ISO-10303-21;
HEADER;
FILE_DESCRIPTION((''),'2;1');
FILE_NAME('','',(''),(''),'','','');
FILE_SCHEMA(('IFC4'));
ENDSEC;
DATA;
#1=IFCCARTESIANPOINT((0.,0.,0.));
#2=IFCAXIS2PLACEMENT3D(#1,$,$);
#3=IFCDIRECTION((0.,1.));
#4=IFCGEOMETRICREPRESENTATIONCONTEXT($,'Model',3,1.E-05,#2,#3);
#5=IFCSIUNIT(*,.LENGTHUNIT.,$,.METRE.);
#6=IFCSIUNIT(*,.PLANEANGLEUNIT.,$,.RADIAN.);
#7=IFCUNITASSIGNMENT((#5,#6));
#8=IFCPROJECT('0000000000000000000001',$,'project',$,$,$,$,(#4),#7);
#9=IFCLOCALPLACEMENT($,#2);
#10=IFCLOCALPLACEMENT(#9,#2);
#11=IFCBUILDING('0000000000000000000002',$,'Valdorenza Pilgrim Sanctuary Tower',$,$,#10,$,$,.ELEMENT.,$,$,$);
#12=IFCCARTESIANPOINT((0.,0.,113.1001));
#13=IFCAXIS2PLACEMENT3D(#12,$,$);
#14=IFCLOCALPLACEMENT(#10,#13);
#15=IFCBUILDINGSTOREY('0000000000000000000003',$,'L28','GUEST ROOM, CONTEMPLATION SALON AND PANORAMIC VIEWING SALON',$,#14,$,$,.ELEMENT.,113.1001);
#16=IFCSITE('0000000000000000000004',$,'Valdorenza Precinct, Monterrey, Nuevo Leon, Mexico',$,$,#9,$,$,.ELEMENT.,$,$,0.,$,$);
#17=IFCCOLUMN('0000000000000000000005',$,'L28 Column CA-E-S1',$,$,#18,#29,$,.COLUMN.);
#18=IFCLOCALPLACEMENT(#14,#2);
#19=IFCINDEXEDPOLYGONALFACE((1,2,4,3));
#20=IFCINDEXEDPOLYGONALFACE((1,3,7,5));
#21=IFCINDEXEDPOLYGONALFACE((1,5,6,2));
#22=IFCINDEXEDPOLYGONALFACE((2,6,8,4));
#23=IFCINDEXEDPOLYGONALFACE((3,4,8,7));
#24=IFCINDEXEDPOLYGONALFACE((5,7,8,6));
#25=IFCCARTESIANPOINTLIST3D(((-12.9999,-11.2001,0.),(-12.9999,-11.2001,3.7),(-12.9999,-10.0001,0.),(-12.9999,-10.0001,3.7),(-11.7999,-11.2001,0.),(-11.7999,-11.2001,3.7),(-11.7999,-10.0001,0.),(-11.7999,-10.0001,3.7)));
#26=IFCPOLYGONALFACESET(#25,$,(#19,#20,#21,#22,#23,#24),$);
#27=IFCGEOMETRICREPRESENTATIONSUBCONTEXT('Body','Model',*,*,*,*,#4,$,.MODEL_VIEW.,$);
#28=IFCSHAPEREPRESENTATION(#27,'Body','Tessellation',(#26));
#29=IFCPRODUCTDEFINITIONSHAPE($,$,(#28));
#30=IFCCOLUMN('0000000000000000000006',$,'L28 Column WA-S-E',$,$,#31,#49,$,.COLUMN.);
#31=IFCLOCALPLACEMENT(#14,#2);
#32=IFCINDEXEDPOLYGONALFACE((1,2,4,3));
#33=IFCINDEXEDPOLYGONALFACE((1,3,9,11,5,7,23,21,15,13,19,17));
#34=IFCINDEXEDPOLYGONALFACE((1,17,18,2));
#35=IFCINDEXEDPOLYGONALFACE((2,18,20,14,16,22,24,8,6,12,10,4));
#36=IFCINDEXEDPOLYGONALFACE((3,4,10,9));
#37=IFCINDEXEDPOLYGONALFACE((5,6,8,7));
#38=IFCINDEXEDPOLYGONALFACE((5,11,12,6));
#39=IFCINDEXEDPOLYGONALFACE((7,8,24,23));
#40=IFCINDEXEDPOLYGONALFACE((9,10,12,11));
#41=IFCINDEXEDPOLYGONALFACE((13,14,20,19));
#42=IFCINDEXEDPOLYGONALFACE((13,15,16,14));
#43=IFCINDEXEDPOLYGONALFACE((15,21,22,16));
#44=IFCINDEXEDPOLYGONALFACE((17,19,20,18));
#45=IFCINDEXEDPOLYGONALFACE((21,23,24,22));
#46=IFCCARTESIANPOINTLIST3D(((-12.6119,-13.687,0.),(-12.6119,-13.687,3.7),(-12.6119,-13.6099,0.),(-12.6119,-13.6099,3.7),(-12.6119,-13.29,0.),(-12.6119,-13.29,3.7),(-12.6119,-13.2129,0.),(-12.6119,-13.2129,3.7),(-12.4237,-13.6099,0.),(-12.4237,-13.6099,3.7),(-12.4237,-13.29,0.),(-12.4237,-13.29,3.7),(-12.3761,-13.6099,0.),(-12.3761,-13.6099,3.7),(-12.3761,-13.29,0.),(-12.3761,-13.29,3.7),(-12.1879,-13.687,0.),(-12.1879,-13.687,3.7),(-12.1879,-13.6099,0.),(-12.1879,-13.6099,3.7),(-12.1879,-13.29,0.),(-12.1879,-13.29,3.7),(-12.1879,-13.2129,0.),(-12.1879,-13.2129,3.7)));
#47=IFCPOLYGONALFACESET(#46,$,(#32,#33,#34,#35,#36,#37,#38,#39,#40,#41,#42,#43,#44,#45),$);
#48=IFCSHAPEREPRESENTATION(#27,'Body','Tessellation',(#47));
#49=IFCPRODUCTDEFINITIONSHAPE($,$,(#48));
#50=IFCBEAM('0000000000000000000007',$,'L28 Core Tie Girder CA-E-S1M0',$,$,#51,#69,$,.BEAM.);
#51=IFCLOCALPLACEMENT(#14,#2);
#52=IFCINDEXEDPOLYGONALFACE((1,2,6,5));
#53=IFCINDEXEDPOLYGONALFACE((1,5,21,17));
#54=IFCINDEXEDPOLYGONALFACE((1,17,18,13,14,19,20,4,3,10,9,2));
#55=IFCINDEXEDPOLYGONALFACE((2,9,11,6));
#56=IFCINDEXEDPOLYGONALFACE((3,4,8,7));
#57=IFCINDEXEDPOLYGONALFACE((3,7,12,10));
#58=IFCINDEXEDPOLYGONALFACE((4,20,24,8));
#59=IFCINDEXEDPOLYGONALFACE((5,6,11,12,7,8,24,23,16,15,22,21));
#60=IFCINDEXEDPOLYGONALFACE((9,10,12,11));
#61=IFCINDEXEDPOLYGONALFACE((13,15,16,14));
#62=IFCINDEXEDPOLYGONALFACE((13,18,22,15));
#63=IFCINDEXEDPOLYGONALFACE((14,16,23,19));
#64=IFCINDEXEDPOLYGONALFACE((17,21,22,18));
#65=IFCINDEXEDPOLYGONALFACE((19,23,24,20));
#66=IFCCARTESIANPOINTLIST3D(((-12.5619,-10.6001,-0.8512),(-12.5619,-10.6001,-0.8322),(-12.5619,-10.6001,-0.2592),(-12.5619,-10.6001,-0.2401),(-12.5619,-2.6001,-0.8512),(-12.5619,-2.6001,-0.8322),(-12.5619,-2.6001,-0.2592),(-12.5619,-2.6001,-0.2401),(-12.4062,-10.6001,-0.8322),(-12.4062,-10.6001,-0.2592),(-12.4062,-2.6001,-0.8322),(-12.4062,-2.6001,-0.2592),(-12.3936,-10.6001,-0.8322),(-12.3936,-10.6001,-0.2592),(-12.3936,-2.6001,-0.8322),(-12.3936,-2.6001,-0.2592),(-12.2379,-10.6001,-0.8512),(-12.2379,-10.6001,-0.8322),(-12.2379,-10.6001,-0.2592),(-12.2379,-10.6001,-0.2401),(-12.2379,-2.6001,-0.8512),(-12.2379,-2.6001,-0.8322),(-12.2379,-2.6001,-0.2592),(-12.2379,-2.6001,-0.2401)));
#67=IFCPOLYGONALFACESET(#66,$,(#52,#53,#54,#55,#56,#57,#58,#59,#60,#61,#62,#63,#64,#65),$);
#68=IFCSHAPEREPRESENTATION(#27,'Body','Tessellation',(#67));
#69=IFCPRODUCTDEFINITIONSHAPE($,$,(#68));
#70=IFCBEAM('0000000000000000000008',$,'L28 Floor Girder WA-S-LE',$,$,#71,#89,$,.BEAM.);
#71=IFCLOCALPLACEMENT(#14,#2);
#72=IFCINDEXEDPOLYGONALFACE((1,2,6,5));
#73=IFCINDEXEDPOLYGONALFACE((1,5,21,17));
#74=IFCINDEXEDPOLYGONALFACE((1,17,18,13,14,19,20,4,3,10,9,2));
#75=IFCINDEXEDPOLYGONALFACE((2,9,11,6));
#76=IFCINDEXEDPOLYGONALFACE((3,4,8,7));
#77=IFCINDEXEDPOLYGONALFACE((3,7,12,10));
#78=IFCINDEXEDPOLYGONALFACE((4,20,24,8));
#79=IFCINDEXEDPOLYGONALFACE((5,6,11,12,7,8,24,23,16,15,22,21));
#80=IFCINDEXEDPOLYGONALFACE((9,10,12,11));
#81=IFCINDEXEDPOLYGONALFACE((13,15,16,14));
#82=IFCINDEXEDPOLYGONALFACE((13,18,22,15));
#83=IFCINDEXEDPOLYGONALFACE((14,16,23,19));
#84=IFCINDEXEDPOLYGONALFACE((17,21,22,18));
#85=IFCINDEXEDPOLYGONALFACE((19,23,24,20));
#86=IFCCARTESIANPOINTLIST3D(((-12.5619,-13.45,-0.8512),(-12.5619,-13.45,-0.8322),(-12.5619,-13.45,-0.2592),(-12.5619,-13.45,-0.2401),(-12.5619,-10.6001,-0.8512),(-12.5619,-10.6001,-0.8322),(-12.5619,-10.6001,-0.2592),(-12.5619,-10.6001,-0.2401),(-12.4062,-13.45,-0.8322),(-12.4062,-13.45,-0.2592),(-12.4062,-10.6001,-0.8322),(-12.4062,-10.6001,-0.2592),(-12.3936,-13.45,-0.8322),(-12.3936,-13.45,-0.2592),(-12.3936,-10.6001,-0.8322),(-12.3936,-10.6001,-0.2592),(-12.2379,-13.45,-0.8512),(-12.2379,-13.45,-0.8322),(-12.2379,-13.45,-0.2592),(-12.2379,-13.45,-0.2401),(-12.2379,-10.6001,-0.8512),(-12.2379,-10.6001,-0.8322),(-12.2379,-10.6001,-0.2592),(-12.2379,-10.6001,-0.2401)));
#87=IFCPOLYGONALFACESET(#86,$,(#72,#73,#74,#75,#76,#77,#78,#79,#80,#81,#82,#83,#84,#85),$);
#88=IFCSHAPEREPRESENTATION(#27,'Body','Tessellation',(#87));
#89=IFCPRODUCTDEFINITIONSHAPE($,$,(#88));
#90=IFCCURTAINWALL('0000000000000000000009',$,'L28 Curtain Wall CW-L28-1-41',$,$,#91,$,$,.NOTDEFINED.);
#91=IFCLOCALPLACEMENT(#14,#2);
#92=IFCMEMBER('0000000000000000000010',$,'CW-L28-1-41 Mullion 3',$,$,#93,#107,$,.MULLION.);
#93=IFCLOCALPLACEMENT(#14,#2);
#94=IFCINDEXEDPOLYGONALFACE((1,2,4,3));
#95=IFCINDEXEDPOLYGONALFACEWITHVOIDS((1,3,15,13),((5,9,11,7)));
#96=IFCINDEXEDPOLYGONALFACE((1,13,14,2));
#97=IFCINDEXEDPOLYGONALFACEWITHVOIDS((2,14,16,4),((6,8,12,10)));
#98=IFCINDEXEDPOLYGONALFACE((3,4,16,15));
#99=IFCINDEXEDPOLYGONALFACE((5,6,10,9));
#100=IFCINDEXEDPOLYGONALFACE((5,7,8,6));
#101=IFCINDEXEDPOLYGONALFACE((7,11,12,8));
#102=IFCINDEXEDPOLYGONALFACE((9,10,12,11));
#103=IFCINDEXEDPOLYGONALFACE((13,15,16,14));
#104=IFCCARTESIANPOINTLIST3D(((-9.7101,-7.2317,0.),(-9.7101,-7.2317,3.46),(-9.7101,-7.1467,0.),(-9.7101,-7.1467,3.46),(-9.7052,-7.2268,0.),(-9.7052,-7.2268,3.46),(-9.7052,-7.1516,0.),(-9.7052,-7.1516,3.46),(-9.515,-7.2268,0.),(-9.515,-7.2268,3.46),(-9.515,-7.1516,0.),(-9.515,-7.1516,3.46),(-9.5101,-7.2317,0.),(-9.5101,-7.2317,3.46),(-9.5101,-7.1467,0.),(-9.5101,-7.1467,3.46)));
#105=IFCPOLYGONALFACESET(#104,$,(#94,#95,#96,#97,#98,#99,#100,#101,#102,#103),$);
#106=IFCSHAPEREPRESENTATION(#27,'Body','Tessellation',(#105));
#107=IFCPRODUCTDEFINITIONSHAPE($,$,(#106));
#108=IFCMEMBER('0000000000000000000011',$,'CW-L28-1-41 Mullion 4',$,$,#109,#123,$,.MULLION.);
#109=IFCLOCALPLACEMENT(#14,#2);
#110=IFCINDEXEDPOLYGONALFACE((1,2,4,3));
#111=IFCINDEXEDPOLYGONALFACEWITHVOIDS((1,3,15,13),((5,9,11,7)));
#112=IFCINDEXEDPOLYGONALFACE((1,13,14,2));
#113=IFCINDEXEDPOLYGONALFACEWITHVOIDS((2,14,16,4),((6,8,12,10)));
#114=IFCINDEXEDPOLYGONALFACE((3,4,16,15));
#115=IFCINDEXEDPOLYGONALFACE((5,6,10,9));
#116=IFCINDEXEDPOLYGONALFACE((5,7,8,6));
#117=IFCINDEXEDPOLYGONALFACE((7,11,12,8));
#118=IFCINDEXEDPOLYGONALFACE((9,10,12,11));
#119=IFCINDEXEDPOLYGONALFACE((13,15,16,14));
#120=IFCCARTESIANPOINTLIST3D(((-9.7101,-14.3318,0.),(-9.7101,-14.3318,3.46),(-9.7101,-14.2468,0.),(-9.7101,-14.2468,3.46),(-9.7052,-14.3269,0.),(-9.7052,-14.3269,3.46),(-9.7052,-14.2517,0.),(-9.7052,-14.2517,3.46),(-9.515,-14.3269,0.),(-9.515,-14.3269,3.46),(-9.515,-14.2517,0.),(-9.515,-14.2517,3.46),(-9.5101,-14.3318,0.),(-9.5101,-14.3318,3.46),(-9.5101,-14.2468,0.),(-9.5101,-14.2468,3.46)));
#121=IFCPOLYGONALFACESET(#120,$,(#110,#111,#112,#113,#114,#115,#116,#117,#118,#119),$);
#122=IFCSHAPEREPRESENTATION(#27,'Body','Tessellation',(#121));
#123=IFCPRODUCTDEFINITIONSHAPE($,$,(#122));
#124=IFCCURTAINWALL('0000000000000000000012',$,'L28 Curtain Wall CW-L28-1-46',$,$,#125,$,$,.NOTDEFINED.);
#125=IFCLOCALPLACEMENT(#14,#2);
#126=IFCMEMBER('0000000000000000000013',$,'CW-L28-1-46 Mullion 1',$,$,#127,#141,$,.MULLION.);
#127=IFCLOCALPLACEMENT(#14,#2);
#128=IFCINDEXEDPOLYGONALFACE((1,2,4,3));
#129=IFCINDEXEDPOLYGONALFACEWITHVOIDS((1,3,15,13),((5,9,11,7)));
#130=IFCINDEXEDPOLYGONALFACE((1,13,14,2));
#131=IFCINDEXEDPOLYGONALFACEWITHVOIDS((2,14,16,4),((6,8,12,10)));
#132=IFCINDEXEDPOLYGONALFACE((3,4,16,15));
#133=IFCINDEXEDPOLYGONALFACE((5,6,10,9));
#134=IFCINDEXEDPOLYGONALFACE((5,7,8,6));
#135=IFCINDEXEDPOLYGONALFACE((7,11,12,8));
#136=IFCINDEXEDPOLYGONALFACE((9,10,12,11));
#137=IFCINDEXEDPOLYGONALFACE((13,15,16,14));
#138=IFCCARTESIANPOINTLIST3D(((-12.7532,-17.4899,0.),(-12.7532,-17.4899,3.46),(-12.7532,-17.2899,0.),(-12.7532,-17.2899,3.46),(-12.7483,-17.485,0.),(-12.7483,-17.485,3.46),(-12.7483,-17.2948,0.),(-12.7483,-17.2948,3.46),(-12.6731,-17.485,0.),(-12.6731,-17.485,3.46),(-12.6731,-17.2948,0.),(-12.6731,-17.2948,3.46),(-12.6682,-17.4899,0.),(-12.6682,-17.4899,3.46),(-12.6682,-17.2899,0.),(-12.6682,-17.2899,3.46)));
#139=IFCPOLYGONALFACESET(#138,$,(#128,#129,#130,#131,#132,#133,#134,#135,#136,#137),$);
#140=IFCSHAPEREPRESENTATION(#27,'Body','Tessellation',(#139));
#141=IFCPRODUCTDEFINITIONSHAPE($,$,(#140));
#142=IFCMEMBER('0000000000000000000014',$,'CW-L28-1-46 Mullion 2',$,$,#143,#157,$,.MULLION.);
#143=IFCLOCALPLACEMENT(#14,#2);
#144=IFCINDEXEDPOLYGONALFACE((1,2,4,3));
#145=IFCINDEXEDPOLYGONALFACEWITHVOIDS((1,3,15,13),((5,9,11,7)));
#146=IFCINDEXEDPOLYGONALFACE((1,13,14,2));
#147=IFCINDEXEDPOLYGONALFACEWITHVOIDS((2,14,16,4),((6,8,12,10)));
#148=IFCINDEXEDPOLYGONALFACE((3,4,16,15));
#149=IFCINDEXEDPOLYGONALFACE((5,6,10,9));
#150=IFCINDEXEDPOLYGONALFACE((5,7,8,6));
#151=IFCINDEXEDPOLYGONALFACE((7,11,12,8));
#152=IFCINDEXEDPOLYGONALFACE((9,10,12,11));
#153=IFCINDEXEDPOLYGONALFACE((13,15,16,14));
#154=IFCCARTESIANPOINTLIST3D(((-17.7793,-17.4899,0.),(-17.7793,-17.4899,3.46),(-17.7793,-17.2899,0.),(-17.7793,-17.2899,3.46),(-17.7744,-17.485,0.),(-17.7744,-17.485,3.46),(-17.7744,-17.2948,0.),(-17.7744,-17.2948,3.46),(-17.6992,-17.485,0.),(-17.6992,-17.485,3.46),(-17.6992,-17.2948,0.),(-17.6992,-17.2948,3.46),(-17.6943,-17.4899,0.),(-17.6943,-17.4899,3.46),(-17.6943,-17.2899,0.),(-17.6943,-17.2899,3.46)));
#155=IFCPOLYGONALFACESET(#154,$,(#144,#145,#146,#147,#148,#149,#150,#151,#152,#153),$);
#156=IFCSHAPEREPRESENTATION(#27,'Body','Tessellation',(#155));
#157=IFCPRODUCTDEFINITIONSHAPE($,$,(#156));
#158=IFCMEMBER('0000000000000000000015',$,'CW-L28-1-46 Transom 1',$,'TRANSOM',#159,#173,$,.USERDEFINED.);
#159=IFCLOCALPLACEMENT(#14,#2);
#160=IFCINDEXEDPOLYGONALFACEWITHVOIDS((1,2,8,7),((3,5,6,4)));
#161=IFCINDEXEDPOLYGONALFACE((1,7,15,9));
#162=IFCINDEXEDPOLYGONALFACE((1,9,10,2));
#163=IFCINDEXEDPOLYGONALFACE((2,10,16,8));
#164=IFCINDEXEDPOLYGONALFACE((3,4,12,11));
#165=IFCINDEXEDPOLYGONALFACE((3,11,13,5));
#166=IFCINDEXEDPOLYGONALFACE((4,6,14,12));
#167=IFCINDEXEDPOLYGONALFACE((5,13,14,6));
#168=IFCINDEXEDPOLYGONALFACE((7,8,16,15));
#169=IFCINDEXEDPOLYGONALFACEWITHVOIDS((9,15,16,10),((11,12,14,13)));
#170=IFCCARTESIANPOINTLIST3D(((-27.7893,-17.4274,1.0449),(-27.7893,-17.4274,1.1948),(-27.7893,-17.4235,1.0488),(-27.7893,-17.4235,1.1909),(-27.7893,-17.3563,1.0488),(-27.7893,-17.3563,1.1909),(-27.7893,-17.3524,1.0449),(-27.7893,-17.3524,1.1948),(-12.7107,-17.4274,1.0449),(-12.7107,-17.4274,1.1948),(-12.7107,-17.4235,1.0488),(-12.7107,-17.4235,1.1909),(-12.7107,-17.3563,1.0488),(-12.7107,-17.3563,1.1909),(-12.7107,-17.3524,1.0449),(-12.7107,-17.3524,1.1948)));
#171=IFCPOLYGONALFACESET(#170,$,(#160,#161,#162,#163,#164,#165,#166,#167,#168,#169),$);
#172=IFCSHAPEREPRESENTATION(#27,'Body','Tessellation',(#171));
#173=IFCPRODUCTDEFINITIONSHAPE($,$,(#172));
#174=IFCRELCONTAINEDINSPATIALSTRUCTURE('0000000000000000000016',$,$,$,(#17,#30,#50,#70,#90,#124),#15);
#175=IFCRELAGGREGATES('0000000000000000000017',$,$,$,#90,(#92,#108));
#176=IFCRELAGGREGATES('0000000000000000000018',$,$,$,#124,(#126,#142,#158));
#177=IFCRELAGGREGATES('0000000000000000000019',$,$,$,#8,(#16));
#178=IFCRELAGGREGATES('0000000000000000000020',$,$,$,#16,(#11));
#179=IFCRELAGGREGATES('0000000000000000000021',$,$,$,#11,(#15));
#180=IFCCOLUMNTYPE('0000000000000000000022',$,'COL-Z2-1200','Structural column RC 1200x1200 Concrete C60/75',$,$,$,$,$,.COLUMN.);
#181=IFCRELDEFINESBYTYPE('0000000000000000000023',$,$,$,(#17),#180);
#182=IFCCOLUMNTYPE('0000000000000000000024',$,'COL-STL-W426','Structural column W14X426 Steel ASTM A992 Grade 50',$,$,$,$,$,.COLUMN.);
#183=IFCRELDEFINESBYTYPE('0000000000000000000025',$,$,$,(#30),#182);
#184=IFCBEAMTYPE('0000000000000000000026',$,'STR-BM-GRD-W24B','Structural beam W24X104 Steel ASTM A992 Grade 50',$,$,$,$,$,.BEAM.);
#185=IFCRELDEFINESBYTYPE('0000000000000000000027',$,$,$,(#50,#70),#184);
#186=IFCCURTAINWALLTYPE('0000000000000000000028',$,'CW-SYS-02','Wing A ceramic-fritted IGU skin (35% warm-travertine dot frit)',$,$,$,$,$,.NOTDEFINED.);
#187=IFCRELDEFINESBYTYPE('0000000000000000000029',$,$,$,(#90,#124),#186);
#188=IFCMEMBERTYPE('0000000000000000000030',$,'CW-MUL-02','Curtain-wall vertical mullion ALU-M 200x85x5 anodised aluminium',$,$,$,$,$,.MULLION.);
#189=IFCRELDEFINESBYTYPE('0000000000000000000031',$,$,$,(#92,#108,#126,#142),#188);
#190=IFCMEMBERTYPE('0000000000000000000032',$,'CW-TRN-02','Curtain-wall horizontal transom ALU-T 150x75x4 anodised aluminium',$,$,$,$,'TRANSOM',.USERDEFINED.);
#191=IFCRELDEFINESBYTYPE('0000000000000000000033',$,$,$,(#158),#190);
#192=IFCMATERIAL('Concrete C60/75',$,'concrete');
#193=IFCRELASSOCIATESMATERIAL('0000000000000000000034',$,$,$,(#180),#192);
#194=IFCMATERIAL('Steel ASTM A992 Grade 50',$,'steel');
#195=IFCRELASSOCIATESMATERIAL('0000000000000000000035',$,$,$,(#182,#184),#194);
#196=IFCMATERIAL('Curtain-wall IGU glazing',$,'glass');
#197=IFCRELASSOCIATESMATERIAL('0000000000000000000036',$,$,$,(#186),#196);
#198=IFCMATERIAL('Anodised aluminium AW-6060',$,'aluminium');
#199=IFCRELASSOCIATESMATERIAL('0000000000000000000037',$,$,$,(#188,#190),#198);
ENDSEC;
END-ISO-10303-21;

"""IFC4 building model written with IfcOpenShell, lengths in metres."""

from ifc_helpers import new_model, si_unit, direction, frame, origin, origin_2d, place, context, subcontext, project, spatial, rectangle, hollow_rectangle, i_section, extrude, source, transform, mapped, material, material_profile, profile_set, type_object, element, aggregate, save


model = new_model("IFC4")

# Units and contexts
model_context = context("Model", 3, precision=1e-05, world=origin(), true_north=direction((0.0, 1.0)))
body_context = subcontext(model_context, "Body", "Model", "MODEL_VIEW")
ifc_project = project(units=[si_unit("LENGTHUNIT", "METRE"), si_unit("PLANEANGLEUNIT", "RADIAN")], contexts=[model_context])

# Site, building, storey
site_placement = place(None, origin())
site = spatial("IfcSite", under=ifc_project, at=site_placement, Name="Valdorenza Precinct, Monterrey, Nuevo Leon, Mexico", CompositionType="ELEMENT", RefElevation=0.0)
building_placement = place(site_placement, origin())
building = spatial("IfcBuilding", under=site, at=building_placement, Name="Valdorenza Pilgrim Sanctuary Tower", CompositionType="ELEMENT")
storey_placement = place(building_placement, frame((0.0, 0.0, 113.1001)))
storey = spatial("IfcBuildingStorey", under=building, at=storey_placement, Name="L28", Description="GUEST ROOM, CONTEMPLATION SALON AND PANORAMIC VIEWING SALON", CompositionType="ELEMENT", Elevation=113.1001)

# Columns
ifc_material_1 = material(Name="Concrete C60/75", Category="concrete")
ifc_material_profile_1 = material_profile(ifc_material_1, rectangle(XDim=1.2, YDim=1.2, at=origin_2d()), Name="RC 1200x1200")
ifc_profile_set_1 = profile_set([ifc_material_profile_1], Name="Concrete C60/75")
column_type_1 = type_object("IfcColumnType", Name="COL-Z2-1200", Description="Structural column RC 1200x1200 Concrete C60/75", PredefinedType="COLUMN", material=ifc_profile_set_1)
shared_shape_1 = source(origin(), body_context, "Body", "SweptSolid", [
    extrude(rectangle(XDim=1.2, YDim=1.2, at=origin_2d()), origin(), (0.0, 0.0, 1.0), 3.7),
])
column_1_placement = place(storey_placement, frame((-12.3999, -10.6001, 0.0), z_axis=(0.0, 0.0, 1.0), x_axis=(1.0, 0.0, 0.0)))
element("IfcColumn", 1, at=column_1_placement, inside=storey, type_object=column_type_1, Name="L28 Column CA-E-S1", PredefinedType="COLUMN", context=body_context, shape_type="MappedRepresentation", body=[
    mapped(shared_shape_1, transform((0.0, 0.0, 0.0), x_axis=(1.0, 0.0, 0.0), y_axis=(0.0, 1.0, 0.0), z_axis=(0.0, 0.0, 1.0), scale=1.0)),
])
ifc_material_2 = material(Name="Steel ASTM A992 Grade 50", Category="steel")
ifc_material_profile_2 = material_profile(ifc_material_2, i_section(OverallWidth=0.4241, OverallDepth=0.4741, WebThickness=0.0476, FlangeThickness=0.0771, at=origin_2d()), Name="W14X426")
ifc_profile_set_2 = profile_set([ifc_material_profile_2], Name="Steel ASTM A992 Grade 50")
column_type_2 = type_object("IfcColumnType", Name="COL-STL-W426", Description="Structural column W14X426 Steel ASTM A992 Grade 50", PredefinedType="COLUMN", material=ifc_profile_set_2)
shared_shape_2 = source(origin(), body_context, "Body", "SweptSolid", [
    extrude(i_section(OverallWidth=0.4241, OverallDepth=0.4741, WebThickness=0.0476, FlangeThickness=0.0771, at=origin_2d()), origin(), (0.0, 0.0, 1.0), 3.7),
])
column_2_placement = place(storey_placement, frame((-12.3999, -13.45, 0.0), z_axis=(0.0, 0.0, 1.0), x_axis=(1.0, 0.0, 0.0)))
element("IfcColumn", 2, at=column_2_placement, inside=storey, type_object=column_type_2, Name="L28 Column WA-S-E", PredefinedType="COLUMN", context=body_context, shape_type="MappedRepresentation", body=[
    mapped(shared_shape_2, transform((0.0, 0.0, 0.0), x_axis=(1.0, 0.0, 0.0), y_axis=(0.0, 1.0, 0.0), z_axis=(0.0, 0.0, 1.0), scale=1.0)),
])

# Beams
ifc_material_profile_3 = material_profile(ifc_material_2, i_section(OverallWidth=0.324, OverallDepth=0.6111, WebThickness=0.0127, FlangeThickness=0.019, at=origin_2d()), Name="W24X104")
ifc_profile_set_3 = profile_set([ifc_material_profile_3], Name="Steel ASTM A992 Grade 50")
beam_type = type_object("IfcBeamType", Name="STR-BM-GRD-W24B", Description="Structural beam W24X104 Steel ASTM A992 Grade 50", PredefinedType="BEAM", material=ifc_profile_set_3)
shared_shape_3 = source(origin(), body_context, "Body", "SweptSolid", [
    extrude(i_section(OverallWidth=0.324, OverallDepth=0.6111, WebThickness=0.0127, FlangeThickness=0.019, at=origin_2d()), origin(), (0.0, 0.0, 1.0), 8.0),
])
beam_1_placement = place(storey_placement, frame((-12.3999, -10.6001, -0.5457), z_axis=(0.0, 1.0, 0.0), x_axis=(-1.0, 0.0, 0.0)))
element("IfcBeam", 3, at=beam_1_placement, inside=storey, type_object=beam_type, Name="L28 Core Tie Girder CA-E-S1M0", PredefinedType="BEAM", context=body_context, shape_type="MappedRepresentation", body=[
    mapped(shared_shape_3, transform((0.0, 0.0, 0.0), x_axis=(1.0, 0.0, 0.0), y_axis=(0.0, 1.0, 0.0), z_axis=(0.0, 0.0, 1.0), scale=1.0)),
])
shared_shape_4 = source(origin(), body_context, "Body", "SweptSolid", [
    extrude(i_section(OverallWidth=0.324, OverallDepth=0.6111, WebThickness=0.0127, FlangeThickness=0.019, at=origin_2d()), origin(), (0.0, 0.0, 1.0), 2.8499),
])
beam_2_placement = place(storey_placement, frame((-12.3999, -13.45, -0.5457), z_axis=(0.0, 1.0, 0.0), x_axis=(-1.0, 0.0, 0.0)))
element("IfcBeam", 4, at=beam_2_placement, inside=storey, type_object=beam_type, Name="L28 Floor Girder WA-S-LE", PredefinedType="BEAM", context=body_context, shape_type="MappedRepresentation", body=[
    mapped(shared_shape_4, transform((0.0, 0.0, 0.0), x_axis=(1.0, 0.0, 0.0), y_axis=(0.0, 1.0, 0.0), z_axis=(0.0, 0.0, 1.0), scale=1.0)),
])

# Curtain walls, members
ifc_material_3 = material(Name="Curtain-wall IGU glazing", Category="glass")
curtain_wall_type = type_object("IfcCurtainWallType", Name="CW-SYS-02", Description="Wing A ceramic-fritted IGU skin (35% warm-travertine dot frit)", PredefinedType="NOTDEFINED", material=ifc_material_3)
curtain_wall_1_placement = place(storey_placement, origin())
curtain_wall_1 = element("IfcCurtainWall", 5, at=curtain_wall_1_placement, inside=storey, type_object=curtain_wall_type, Name="L28 Curtain Wall CW-L28-1-41", PredefinedType="NOTDEFINED")
ifc_material_4 = material(Name="Anodised aluminium AW-6060", Category="aluminium")
ifc_material_profile_4 = material_profile(ifc_material_4, hollow_rectangle(XDim=0.085, YDim=0.2, WallThickness=0.0049, at=origin_2d()), Name="ALU-M 200x85x5")
ifc_profile_set_4 = profile_set([ifc_material_profile_4], Name="Anodised aluminium AW-6060")
member_type_1 = type_object("IfcMemberType", Name="CW-MUL-02", Description="Curtain-wall vertical mullion ALU-M 200x85x5 anodised aluminium", PredefinedType="MULLION", material=ifc_profile_set_4)
shared_shape_5 = source(origin(), body_context, "Body", "SweptSolid", [
    extrude(hollow_rectangle(XDim=0.085, YDim=0.2, WallThickness=0.0049, at=origin_2d()), origin(), (0.0, 0.0, 1.0), 3.46),
])
member_1_placement = place(storey_placement, frame((-9.6101, -7.1892, 0.0), z_axis=(0.0, 0.0, 1.0), x_axis=(0.0, -1.0, 0.0)))
member_1 = element("IfcMember", 6, at=member_1_placement, type_object=member_type_1, Name="CW-L28-1-41 Mullion 3", PredefinedType="MULLION", context=body_context, shape_type="MappedRepresentation", body=[
    mapped(shared_shape_5, transform((0.0, 0.0, 0.0), x_axis=(1.0, 0.0, 0.0), y_axis=(0.0, 1.0, 0.0), z_axis=(0.0, 0.0, 1.0), scale=1.0)),
])
member_2_placement = place(storey_placement, frame((-9.6101, -14.2893, 0.0), z_axis=(0.0, 0.0, 1.0), x_axis=(0.0, -1.0, 0.0)))
member_2 = element("IfcMember", 7, at=member_2_placement, type_object=member_type_1, Name="CW-L28-1-41 Mullion 4", PredefinedType="MULLION", context=body_context, shape_type="MappedRepresentation", body=[
    mapped(shared_shape_5, transform((0.0, 0.0, 0.0), x_axis=(1.0, 0.0, 0.0), y_axis=(0.0, 1.0, 0.0), z_axis=(0.0, 0.0, 1.0), scale=1.0)),
])
curtain_wall_2_placement = place(storey_placement, origin())
curtain_wall_2 = element("IfcCurtainWall", 8, at=curtain_wall_2_placement, inside=storey, type_object=curtain_wall_type, Name="L28 Curtain Wall CW-L28-1-46", PredefinedType="NOTDEFINED")
member_3_placement = place(storey_placement, frame((-12.7107, -17.3899, 0.0), z_axis=(0.0, 0.0, 1.0), x_axis=(-1.0, 0.0, 0.0)))
member_3 = element("IfcMember", 9, at=member_3_placement, type_object=member_type_1, Name="CW-L28-1-46 Mullion 1", PredefinedType="MULLION", context=body_context, shape_type="MappedRepresentation", body=[
    mapped(shared_shape_5, transform((0.0, 0.0, 0.0), x_axis=(1.0, 0.0, 0.0), y_axis=(0.0, 1.0, 0.0), z_axis=(0.0, 0.0, 1.0), scale=1.0)),
])
member_4_placement = place(storey_placement, frame((-17.7368, -17.3899, 0.0), z_axis=(0.0, 0.0, 1.0), x_axis=(-1.0, 0.0, 0.0)))
member_4 = element("IfcMember", 10, at=member_4_placement, type_object=member_type_1, Name="CW-L28-1-46 Mullion 2", PredefinedType="MULLION", context=body_context, shape_type="MappedRepresentation", body=[
    mapped(shared_shape_5, transform((0.0, 0.0, 0.0), x_axis=(1.0, 0.0, 0.0), y_axis=(0.0, 1.0, 0.0), z_axis=(0.0, 0.0, 1.0), scale=1.0)),
])
ifc_material_profile_5 = material_profile(ifc_material_4, hollow_rectangle(XDim=0.075, YDim=0.1499, WallThickness=0.0039, at=origin_2d()), Name="ALU-T 150x75x4")
ifc_profile_set_5 = profile_set([ifc_material_profile_5], Name="Anodised aluminium AW-6060")
member_type_2 = type_object("IfcMemberType", Name="CW-TRN-02", Description="Curtain-wall horizontal transom ALU-T 150x75x4 anodised aluminium", ElementType="TRANSOM", PredefinedType="USERDEFINED", material=ifc_profile_set_5)
shared_shape_6 = source(origin(), body_context, "Body", "SweptSolid", [
    extrude(hollow_rectangle(XDim=0.075, YDim=0.1499, WallThickness=0.0039, at=origin_2d()), origin(), (0.0, 0.0, 1.0), 15.0786),
])
member_5_placement = place(storey_placement, frame((-12.7107, -17.3899, 1.1199), z_axis=(-1.0, 0.0, 0.0), x_axis=(0.0, -1.0, 0.0)))
member_5 = element("IfcMember", 11, at=member_5_placement, type_object=member_type_2, Name="CW-L28-1-46 Transom 1", ObjectType="TRANSOM", PredefinedType="USERDEFINED", context=body_context, shape_type="MappedRepresentation", body=[
    mapped(shared_shape_6, transform((0.0, 0.0, 0.0), x_axis=(1.0, 0.0, 0.0), y_axis=(0.0, 1.0, 0.0), z_axis=(0.0, 0.0, 1.0), scale=1.0)),
])

aggregate(curtain_wall_1, [member_1, member_2])
aggregate(curtain_wall_2, [member_3, member_4, member_5])

save(model, "model.ifc")
